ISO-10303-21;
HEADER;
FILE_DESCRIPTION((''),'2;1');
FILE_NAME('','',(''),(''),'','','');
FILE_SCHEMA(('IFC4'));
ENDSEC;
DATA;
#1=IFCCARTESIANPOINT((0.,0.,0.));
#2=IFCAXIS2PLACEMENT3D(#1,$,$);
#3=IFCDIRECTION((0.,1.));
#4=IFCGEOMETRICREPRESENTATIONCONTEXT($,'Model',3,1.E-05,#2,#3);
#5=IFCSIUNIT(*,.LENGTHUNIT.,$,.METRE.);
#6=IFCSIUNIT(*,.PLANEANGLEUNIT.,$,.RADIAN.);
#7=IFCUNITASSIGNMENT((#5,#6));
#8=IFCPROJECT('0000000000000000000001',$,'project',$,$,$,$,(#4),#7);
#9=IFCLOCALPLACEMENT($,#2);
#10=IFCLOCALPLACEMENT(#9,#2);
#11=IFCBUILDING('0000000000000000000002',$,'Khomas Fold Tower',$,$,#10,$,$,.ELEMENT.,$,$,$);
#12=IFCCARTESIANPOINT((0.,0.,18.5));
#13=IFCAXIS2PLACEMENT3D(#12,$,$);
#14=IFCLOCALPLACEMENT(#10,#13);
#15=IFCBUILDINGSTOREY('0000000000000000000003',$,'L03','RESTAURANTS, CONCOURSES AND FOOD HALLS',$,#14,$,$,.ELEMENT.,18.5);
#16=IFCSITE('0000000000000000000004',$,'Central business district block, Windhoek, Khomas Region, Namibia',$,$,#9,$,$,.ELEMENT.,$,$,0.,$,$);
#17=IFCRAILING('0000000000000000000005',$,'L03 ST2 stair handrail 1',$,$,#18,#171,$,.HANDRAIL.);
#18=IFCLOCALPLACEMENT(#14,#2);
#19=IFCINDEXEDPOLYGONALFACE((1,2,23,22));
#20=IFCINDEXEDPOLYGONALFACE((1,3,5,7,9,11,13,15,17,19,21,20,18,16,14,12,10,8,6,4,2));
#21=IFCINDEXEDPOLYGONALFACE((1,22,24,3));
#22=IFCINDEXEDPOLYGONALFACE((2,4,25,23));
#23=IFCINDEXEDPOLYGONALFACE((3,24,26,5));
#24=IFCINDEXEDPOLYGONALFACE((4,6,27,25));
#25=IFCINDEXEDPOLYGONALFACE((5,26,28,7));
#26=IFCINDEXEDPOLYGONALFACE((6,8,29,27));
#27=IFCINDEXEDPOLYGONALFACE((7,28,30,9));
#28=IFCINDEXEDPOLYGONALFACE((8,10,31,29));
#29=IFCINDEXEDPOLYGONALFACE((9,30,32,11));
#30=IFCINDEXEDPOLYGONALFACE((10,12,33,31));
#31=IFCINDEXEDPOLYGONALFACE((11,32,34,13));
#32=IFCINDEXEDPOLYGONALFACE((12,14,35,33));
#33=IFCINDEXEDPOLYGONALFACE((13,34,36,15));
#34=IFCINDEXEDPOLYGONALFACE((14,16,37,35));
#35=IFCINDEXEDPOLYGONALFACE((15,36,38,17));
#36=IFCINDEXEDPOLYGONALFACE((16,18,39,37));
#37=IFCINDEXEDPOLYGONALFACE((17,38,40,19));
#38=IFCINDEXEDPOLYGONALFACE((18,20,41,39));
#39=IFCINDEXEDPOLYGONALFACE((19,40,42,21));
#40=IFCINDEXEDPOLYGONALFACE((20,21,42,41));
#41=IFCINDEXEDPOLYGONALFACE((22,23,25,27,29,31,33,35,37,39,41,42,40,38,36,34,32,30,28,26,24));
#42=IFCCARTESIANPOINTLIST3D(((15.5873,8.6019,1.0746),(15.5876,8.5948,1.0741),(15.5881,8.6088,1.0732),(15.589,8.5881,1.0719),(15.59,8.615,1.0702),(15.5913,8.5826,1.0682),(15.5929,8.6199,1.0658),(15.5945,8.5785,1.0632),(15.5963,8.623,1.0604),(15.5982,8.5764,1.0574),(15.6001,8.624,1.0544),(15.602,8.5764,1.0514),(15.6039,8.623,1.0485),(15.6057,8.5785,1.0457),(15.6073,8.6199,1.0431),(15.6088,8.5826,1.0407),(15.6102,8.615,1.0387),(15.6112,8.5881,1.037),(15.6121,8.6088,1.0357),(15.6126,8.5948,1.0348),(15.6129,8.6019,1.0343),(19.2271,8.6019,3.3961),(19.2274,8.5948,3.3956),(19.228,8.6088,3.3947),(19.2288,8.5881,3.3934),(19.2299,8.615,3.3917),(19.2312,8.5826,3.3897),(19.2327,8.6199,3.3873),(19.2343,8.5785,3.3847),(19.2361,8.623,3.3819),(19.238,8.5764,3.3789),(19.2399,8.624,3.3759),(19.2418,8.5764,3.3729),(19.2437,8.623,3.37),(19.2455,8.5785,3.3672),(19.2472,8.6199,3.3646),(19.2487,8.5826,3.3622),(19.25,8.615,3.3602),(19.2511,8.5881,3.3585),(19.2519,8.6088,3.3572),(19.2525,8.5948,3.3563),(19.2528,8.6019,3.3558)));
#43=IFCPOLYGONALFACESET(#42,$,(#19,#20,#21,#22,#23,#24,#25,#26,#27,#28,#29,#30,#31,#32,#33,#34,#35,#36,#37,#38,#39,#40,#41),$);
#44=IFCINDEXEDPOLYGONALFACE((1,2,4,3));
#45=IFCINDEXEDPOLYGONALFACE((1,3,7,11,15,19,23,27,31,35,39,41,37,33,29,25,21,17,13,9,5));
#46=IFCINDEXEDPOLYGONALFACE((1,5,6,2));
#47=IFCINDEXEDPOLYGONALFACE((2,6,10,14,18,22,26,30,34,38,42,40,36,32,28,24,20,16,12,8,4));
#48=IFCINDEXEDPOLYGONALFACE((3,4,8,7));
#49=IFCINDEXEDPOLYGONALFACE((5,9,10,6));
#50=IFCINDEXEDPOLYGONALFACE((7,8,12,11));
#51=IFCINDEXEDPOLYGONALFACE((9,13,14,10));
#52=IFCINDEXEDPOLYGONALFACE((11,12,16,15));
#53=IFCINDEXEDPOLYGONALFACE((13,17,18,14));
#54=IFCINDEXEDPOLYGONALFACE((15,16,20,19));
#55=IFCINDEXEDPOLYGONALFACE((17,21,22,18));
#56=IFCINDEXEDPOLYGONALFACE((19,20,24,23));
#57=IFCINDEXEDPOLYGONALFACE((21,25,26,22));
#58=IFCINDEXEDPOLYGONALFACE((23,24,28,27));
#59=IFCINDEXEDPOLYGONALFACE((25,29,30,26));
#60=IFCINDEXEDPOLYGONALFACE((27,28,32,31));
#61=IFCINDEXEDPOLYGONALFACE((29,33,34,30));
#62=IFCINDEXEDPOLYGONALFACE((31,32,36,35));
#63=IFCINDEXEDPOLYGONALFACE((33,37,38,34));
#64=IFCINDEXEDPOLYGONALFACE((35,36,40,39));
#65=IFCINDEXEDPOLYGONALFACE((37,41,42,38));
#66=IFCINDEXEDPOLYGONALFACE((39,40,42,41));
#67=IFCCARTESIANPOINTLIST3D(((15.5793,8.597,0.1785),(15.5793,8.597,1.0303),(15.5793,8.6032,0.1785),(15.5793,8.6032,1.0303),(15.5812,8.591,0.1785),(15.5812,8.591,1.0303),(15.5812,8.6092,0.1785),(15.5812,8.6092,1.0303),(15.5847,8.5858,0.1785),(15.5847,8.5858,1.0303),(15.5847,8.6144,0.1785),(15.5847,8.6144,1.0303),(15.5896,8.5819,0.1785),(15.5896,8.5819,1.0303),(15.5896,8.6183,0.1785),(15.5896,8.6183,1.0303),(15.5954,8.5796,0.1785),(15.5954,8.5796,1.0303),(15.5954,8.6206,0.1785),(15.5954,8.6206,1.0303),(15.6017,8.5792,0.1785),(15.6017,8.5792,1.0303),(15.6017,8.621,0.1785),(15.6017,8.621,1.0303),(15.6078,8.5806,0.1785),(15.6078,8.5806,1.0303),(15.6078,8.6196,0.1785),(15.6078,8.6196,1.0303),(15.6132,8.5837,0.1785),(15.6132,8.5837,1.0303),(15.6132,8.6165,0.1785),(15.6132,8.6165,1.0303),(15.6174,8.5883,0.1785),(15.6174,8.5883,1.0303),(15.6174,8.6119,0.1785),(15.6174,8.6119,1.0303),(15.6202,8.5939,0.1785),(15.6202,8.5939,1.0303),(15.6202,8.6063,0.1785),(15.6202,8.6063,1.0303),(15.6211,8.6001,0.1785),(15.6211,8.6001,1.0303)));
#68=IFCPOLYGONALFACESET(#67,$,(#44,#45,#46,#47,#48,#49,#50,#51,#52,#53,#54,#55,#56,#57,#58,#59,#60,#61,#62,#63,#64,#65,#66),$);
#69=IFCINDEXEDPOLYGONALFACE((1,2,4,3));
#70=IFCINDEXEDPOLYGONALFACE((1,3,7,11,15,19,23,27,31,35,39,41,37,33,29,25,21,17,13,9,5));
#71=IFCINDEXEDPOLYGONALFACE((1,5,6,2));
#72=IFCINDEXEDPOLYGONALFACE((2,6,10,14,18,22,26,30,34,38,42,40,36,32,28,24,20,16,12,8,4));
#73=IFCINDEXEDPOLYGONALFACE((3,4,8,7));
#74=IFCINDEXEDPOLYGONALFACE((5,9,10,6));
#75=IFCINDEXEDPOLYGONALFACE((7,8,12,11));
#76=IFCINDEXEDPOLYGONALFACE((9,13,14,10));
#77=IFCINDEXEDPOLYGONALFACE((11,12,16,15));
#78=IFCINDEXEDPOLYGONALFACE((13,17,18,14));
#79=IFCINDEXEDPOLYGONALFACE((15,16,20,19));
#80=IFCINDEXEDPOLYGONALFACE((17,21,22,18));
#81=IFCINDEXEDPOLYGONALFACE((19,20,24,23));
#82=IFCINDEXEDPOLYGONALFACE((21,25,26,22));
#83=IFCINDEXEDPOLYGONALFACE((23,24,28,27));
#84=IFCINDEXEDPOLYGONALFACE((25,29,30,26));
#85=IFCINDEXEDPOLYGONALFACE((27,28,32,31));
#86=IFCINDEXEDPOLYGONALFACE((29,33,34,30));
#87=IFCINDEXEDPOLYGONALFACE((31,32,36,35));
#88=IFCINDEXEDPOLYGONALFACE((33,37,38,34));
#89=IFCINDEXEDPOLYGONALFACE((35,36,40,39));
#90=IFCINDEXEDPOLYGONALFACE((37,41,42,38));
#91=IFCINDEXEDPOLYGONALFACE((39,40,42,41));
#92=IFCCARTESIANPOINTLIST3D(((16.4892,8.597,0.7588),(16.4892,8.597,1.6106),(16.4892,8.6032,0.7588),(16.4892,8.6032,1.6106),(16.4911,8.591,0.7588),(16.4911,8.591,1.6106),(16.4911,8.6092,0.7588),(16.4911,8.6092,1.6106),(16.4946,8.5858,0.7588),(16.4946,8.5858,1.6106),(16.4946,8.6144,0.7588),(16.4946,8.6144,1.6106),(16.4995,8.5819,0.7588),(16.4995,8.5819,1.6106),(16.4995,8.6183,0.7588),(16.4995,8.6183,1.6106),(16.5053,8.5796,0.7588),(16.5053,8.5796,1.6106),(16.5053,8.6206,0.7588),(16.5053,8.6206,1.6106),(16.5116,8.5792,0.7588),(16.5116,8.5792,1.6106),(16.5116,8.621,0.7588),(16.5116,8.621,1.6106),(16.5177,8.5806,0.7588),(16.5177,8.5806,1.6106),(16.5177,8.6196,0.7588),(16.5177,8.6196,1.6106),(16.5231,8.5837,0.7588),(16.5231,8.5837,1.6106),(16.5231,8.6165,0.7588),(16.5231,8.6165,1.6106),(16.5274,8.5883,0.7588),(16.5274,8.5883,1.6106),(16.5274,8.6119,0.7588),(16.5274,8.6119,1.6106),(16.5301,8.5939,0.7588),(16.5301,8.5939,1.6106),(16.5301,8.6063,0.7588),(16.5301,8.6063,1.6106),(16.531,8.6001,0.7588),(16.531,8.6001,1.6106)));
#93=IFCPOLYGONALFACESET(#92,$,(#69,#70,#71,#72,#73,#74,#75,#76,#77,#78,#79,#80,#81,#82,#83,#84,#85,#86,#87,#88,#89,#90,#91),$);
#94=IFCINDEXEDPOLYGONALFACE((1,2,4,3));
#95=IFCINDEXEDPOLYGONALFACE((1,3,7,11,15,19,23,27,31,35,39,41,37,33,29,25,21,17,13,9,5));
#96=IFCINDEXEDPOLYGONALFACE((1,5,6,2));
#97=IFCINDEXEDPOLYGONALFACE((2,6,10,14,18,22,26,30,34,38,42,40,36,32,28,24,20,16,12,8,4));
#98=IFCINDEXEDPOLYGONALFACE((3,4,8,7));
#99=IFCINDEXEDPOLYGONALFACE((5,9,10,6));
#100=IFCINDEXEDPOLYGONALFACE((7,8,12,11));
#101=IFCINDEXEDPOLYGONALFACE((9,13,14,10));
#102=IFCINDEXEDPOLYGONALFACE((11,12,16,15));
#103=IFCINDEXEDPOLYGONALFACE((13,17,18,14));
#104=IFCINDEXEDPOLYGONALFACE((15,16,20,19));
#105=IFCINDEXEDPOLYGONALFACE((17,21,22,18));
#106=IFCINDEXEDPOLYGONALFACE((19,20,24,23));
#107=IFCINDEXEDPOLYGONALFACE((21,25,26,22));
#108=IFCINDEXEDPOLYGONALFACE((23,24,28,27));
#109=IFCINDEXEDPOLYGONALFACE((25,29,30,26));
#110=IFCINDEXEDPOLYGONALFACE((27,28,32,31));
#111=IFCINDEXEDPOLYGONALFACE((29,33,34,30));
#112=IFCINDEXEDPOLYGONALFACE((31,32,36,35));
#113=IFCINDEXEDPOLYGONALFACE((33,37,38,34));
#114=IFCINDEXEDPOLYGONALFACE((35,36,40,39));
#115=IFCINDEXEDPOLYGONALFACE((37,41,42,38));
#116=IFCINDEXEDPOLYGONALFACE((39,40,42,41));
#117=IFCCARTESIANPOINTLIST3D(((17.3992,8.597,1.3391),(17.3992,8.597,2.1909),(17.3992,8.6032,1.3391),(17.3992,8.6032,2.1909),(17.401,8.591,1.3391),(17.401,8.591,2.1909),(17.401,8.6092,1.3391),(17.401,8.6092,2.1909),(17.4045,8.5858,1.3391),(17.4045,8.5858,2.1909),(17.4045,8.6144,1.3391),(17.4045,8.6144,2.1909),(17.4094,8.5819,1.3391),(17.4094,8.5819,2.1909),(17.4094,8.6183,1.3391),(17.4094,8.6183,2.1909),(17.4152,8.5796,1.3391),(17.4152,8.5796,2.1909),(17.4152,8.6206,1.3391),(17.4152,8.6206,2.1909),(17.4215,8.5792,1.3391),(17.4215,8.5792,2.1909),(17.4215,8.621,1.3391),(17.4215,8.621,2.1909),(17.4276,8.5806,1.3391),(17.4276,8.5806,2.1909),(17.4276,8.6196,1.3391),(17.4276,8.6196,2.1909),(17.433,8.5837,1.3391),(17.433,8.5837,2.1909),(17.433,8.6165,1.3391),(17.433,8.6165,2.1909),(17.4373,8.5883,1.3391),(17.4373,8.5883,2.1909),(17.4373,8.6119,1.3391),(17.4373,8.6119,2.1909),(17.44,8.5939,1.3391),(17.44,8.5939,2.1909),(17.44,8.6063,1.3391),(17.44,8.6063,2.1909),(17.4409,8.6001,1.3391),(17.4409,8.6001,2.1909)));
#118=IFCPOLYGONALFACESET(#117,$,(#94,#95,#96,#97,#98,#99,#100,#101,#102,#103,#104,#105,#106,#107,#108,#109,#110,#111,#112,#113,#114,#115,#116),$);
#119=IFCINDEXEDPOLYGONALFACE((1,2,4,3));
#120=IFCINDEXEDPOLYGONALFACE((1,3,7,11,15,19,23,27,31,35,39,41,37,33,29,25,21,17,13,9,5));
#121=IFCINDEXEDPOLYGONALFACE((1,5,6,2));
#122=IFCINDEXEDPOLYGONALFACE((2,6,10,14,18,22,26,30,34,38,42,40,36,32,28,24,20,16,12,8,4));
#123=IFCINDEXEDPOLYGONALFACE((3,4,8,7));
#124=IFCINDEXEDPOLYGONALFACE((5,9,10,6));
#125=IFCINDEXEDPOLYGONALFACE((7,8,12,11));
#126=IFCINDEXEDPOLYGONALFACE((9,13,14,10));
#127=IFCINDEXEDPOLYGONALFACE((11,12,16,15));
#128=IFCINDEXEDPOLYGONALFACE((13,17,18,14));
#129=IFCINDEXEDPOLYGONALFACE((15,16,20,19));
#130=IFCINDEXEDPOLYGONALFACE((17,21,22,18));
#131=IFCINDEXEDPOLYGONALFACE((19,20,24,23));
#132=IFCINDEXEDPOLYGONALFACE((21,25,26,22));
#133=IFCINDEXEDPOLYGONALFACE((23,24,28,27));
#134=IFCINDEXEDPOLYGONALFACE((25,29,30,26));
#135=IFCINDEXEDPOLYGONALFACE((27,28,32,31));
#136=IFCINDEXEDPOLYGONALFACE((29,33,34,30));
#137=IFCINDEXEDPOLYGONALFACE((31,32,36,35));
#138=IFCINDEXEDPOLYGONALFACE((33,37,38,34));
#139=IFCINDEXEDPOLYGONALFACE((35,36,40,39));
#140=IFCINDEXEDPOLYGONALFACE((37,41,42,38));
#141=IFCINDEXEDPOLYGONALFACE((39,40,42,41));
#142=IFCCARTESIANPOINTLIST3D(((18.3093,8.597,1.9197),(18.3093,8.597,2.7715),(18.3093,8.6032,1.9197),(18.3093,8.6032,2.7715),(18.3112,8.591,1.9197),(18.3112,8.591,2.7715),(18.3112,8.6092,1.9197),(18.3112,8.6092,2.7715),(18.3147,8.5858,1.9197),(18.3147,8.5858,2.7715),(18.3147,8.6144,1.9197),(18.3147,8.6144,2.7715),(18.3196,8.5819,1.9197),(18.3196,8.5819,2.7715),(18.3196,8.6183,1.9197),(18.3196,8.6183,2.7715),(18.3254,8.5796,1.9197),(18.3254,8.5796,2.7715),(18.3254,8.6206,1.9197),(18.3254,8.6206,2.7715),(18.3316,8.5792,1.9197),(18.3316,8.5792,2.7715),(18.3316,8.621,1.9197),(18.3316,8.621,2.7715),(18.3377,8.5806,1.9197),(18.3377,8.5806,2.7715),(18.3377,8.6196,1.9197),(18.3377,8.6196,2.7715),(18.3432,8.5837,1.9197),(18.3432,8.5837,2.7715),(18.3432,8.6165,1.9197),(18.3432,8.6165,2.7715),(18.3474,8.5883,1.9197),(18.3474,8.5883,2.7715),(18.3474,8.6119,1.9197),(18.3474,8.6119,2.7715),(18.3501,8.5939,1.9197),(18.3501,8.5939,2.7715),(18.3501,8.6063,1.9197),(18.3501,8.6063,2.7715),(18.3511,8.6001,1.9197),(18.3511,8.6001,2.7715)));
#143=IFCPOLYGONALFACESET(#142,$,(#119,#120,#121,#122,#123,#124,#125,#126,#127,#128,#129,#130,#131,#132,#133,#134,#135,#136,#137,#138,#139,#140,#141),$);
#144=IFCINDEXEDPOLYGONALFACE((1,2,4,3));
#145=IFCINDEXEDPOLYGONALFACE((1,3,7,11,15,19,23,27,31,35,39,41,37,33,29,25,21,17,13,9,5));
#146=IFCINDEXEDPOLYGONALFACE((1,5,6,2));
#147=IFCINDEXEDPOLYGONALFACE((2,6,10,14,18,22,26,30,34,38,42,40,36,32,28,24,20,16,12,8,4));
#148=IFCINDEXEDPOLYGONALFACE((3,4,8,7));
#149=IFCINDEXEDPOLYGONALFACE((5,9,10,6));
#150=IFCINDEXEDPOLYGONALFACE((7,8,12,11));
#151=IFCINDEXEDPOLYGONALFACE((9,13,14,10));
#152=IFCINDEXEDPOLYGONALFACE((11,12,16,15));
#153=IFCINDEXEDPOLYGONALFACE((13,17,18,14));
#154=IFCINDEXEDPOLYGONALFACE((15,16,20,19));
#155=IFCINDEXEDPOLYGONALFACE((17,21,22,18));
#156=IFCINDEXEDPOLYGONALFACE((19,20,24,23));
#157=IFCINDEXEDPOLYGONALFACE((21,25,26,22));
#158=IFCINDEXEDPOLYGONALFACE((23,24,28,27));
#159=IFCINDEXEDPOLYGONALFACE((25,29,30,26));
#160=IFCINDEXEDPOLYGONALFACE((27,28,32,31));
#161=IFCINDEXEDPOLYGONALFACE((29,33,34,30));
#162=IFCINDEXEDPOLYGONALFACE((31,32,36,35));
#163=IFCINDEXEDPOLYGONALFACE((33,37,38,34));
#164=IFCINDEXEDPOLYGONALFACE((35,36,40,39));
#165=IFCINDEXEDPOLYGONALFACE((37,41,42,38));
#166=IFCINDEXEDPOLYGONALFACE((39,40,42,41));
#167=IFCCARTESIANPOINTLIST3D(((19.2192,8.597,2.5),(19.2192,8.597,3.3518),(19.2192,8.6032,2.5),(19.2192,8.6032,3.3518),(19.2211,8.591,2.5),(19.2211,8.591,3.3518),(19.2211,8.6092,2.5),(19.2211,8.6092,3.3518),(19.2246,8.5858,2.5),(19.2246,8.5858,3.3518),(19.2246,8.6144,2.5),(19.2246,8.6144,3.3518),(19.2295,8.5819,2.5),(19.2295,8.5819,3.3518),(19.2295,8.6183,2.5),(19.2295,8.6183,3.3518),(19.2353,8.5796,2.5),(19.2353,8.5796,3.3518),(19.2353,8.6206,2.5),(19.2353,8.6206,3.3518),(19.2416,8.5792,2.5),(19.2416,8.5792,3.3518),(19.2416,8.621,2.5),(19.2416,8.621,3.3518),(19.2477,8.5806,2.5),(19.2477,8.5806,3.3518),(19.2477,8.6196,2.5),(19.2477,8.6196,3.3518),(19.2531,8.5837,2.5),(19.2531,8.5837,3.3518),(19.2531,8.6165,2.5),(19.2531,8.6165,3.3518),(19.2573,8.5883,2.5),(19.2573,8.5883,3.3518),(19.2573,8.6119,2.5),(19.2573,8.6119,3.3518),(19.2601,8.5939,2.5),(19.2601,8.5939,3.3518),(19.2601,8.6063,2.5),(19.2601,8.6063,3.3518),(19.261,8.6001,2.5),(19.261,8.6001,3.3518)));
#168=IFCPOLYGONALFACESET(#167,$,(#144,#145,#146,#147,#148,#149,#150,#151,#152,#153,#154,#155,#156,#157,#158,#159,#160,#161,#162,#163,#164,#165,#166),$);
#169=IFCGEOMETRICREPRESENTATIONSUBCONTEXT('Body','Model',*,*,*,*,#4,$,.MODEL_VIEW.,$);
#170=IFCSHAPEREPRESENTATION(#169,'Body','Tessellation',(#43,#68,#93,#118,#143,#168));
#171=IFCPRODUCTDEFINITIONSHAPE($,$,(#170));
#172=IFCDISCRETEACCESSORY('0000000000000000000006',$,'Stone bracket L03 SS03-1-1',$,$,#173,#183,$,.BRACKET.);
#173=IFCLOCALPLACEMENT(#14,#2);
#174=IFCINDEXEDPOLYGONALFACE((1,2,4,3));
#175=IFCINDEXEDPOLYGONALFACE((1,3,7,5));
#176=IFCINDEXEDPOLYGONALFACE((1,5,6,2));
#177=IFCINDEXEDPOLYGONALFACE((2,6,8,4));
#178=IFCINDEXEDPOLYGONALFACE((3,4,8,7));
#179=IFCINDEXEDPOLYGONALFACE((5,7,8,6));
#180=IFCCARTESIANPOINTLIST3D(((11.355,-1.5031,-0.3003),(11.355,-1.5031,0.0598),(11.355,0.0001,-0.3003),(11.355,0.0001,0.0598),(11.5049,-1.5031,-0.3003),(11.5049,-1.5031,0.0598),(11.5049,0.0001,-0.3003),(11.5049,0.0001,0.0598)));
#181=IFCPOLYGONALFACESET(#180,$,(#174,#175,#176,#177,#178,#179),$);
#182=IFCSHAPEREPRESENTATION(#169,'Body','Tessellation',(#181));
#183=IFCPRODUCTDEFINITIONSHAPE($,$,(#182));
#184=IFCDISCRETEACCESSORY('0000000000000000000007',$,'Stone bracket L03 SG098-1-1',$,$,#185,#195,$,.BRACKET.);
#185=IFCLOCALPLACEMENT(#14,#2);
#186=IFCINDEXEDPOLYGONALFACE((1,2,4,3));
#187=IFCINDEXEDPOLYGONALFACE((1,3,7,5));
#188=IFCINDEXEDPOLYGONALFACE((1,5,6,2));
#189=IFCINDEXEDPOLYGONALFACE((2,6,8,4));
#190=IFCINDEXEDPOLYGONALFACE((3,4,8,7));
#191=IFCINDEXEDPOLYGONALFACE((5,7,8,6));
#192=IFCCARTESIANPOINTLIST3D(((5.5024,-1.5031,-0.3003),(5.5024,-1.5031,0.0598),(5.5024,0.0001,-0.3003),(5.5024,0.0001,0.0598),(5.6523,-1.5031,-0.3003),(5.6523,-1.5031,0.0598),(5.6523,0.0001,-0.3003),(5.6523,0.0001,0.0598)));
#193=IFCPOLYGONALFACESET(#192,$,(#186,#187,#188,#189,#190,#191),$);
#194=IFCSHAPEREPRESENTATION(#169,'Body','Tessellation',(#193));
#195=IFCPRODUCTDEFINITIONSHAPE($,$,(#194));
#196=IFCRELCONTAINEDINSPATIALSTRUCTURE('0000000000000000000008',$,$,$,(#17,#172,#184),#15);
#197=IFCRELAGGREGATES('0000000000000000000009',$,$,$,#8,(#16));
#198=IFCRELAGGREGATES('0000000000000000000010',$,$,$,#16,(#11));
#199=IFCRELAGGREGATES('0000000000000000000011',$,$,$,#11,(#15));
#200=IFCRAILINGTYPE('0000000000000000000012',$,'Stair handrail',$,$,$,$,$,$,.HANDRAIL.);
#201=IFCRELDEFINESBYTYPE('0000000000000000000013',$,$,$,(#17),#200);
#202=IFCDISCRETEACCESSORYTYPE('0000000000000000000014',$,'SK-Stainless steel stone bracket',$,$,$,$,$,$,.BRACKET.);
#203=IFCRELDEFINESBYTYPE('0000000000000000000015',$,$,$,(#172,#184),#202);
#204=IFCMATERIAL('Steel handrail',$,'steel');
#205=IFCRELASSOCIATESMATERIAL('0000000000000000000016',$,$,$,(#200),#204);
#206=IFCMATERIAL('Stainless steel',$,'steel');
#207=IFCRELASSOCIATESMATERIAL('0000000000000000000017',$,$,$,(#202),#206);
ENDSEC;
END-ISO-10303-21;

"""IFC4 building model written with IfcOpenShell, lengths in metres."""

from ifc_helpers import new_model, si_unit, direction, frame, origin, origin_2d, place, context, subcontext, project, spatial, rectangle, circle, extrude, source, transform, mapped, material, type_object, element, save


model = new_model("IFC4")

# Units and contexts
model_context = context("Model", 3, precision=1e-05, world=origin(), true_north=direction((0.0, 1.0)))
body_context = subcontext(model_context, "Body", "Model", "MODEL_VIEW")
ifc_project = project(units=[si_unit("LENGTHUNIT", "METRE"), si_unit("PLANEANGLEUNIT", "RADIAN")], contexts=[model_context])

# Site, building, storey
site_placement = place(None, origin())
site = spatial("IfcSite", under=ifc_project, at=site_placement, Name="Central business district block, Windhoek, Khomas Region, Namibia", CompositionType="ELEMENT", RefElevation=0.0)
building_placement = place(site_placement, origin())
building = spatial("IfcBuilding", under=site, at=building_placement, Name="Khomas Fold Tower", CompositionType="ELEMENT")
storey_placement = place(building_placement, frame((0.0, 0.0, 18.5)))
storey = spatial("IfcBuildingStorey", under=building, at=storey_placement, Name="L03", Description="RESTAURANTS, CONCOURSES AND FOOD HALLS", CompositionType="ELEMENT", Elevation=18.5)

# Railing
ifc_material_1 = material(Name="Steel handrail", Category="steel")
railing_type_1 = type_object("IfcRailingType", Name="Stair handrail", PredefinedType="HANDRAIL", material=ifc_material_1)
shared_shape_1 = source(origin(), body_context, "Body", "SweptSolid", [
    extrude(circle(Radius=0.0239, at=origin_2d()), frame((0.0, 0.0, 0.876), z_axis=(0.843112, 0.0, 0.537739), x_axis=(0.0, 1.0, 0.0)), (0.0, 0.0, 1.0), 4.3171),
    extrude(circle(Radius=0.021, at=origin_2d()), origin(), (0.0, 0.0, 1.0), 0.8518),
    extrude(circle(Radius=0.021, at=origin_2d()), frame((0.9099, 0.0, 0.5803)), (0.0, 0.0, 1.0), 0.8518),
    extrude(circle(Radius=0.021, at=origin_2d()), frame((1.8198, 0.0, 1.1606)), (0.0, 0.0, 1.0), 0.8518),
    extrude(circle(Radius=0.021, at=origin_2d()), frame((2.73, 0.0, 1.7412)), (0.0, 0.0, 1.0), 0.8518),
    extrude(circle(Radius=0.021, at=origin_2d()), frame((3.6399, 0.0, 2.3215)), (0.0, 0.0, 1.0), 0.8518),
])
railing_1_placement = place(storey_placement, frame((15.6001, 8.6001, 0.1785)))
element("IfcRailing", 1, at=railing_1_placement, inside=storey, type_object=railing_type_1, Name="L03 ST2 stair handrail 1", PredefinedType="HANDRAIL", context=body_context, shape_type="MappedRepresentation", body=[
    mapped(shared_shape_1, transform((0.0, 0.0, 0.0))),
])

# Discrete accessories
ifc_material_2 = material(Name="Stainless steel", Category="steel")
discrete_accessory_type = type_object("IfcDiscreteAccessoryType", Name="SK-Stainless steel stone bracket", PredefinedType="BRACKET", material=ifc_material_2)
shared_shape_2 = source(origin(), body_context, "Body", "SweptSolid", [
    extrude(rectangle(XDim=1.5032, YDim=0.1499, at=origin_2d()), origin(), (0.0, 0.0, 1.0), 0.3601),
])
for number, where, z_axis, x_axis, name in (
    (2, (11.4299, -0.7515, -0.3003), (0.0, 0.0, 1.0), (0.0, -1.0, 0.0), "Stone bracket L03 SS03-1-1"),
    (3, (5.5774, -0.7515, -0.3003), (0.0, 0.0, 1.0), (0.0, -1.0, 0.0), "Stone bracket L03 SG098-1-1"),
):
    element("IfcDiscreteAccessory", number, at=place(storey_placement, frame(where, z_axis=z_axis, x_axis=x_axis)), inside=storey, type_object=discrete_accessory_type, Name=name, PredefinedType="BRACKET", context=body_context, shape_type="MappedRepresentation", body=[
        mapped(shared_shape_2, transform((0.0, 0.0, 0.0))),
    ])

save(model, "model.ifc")
